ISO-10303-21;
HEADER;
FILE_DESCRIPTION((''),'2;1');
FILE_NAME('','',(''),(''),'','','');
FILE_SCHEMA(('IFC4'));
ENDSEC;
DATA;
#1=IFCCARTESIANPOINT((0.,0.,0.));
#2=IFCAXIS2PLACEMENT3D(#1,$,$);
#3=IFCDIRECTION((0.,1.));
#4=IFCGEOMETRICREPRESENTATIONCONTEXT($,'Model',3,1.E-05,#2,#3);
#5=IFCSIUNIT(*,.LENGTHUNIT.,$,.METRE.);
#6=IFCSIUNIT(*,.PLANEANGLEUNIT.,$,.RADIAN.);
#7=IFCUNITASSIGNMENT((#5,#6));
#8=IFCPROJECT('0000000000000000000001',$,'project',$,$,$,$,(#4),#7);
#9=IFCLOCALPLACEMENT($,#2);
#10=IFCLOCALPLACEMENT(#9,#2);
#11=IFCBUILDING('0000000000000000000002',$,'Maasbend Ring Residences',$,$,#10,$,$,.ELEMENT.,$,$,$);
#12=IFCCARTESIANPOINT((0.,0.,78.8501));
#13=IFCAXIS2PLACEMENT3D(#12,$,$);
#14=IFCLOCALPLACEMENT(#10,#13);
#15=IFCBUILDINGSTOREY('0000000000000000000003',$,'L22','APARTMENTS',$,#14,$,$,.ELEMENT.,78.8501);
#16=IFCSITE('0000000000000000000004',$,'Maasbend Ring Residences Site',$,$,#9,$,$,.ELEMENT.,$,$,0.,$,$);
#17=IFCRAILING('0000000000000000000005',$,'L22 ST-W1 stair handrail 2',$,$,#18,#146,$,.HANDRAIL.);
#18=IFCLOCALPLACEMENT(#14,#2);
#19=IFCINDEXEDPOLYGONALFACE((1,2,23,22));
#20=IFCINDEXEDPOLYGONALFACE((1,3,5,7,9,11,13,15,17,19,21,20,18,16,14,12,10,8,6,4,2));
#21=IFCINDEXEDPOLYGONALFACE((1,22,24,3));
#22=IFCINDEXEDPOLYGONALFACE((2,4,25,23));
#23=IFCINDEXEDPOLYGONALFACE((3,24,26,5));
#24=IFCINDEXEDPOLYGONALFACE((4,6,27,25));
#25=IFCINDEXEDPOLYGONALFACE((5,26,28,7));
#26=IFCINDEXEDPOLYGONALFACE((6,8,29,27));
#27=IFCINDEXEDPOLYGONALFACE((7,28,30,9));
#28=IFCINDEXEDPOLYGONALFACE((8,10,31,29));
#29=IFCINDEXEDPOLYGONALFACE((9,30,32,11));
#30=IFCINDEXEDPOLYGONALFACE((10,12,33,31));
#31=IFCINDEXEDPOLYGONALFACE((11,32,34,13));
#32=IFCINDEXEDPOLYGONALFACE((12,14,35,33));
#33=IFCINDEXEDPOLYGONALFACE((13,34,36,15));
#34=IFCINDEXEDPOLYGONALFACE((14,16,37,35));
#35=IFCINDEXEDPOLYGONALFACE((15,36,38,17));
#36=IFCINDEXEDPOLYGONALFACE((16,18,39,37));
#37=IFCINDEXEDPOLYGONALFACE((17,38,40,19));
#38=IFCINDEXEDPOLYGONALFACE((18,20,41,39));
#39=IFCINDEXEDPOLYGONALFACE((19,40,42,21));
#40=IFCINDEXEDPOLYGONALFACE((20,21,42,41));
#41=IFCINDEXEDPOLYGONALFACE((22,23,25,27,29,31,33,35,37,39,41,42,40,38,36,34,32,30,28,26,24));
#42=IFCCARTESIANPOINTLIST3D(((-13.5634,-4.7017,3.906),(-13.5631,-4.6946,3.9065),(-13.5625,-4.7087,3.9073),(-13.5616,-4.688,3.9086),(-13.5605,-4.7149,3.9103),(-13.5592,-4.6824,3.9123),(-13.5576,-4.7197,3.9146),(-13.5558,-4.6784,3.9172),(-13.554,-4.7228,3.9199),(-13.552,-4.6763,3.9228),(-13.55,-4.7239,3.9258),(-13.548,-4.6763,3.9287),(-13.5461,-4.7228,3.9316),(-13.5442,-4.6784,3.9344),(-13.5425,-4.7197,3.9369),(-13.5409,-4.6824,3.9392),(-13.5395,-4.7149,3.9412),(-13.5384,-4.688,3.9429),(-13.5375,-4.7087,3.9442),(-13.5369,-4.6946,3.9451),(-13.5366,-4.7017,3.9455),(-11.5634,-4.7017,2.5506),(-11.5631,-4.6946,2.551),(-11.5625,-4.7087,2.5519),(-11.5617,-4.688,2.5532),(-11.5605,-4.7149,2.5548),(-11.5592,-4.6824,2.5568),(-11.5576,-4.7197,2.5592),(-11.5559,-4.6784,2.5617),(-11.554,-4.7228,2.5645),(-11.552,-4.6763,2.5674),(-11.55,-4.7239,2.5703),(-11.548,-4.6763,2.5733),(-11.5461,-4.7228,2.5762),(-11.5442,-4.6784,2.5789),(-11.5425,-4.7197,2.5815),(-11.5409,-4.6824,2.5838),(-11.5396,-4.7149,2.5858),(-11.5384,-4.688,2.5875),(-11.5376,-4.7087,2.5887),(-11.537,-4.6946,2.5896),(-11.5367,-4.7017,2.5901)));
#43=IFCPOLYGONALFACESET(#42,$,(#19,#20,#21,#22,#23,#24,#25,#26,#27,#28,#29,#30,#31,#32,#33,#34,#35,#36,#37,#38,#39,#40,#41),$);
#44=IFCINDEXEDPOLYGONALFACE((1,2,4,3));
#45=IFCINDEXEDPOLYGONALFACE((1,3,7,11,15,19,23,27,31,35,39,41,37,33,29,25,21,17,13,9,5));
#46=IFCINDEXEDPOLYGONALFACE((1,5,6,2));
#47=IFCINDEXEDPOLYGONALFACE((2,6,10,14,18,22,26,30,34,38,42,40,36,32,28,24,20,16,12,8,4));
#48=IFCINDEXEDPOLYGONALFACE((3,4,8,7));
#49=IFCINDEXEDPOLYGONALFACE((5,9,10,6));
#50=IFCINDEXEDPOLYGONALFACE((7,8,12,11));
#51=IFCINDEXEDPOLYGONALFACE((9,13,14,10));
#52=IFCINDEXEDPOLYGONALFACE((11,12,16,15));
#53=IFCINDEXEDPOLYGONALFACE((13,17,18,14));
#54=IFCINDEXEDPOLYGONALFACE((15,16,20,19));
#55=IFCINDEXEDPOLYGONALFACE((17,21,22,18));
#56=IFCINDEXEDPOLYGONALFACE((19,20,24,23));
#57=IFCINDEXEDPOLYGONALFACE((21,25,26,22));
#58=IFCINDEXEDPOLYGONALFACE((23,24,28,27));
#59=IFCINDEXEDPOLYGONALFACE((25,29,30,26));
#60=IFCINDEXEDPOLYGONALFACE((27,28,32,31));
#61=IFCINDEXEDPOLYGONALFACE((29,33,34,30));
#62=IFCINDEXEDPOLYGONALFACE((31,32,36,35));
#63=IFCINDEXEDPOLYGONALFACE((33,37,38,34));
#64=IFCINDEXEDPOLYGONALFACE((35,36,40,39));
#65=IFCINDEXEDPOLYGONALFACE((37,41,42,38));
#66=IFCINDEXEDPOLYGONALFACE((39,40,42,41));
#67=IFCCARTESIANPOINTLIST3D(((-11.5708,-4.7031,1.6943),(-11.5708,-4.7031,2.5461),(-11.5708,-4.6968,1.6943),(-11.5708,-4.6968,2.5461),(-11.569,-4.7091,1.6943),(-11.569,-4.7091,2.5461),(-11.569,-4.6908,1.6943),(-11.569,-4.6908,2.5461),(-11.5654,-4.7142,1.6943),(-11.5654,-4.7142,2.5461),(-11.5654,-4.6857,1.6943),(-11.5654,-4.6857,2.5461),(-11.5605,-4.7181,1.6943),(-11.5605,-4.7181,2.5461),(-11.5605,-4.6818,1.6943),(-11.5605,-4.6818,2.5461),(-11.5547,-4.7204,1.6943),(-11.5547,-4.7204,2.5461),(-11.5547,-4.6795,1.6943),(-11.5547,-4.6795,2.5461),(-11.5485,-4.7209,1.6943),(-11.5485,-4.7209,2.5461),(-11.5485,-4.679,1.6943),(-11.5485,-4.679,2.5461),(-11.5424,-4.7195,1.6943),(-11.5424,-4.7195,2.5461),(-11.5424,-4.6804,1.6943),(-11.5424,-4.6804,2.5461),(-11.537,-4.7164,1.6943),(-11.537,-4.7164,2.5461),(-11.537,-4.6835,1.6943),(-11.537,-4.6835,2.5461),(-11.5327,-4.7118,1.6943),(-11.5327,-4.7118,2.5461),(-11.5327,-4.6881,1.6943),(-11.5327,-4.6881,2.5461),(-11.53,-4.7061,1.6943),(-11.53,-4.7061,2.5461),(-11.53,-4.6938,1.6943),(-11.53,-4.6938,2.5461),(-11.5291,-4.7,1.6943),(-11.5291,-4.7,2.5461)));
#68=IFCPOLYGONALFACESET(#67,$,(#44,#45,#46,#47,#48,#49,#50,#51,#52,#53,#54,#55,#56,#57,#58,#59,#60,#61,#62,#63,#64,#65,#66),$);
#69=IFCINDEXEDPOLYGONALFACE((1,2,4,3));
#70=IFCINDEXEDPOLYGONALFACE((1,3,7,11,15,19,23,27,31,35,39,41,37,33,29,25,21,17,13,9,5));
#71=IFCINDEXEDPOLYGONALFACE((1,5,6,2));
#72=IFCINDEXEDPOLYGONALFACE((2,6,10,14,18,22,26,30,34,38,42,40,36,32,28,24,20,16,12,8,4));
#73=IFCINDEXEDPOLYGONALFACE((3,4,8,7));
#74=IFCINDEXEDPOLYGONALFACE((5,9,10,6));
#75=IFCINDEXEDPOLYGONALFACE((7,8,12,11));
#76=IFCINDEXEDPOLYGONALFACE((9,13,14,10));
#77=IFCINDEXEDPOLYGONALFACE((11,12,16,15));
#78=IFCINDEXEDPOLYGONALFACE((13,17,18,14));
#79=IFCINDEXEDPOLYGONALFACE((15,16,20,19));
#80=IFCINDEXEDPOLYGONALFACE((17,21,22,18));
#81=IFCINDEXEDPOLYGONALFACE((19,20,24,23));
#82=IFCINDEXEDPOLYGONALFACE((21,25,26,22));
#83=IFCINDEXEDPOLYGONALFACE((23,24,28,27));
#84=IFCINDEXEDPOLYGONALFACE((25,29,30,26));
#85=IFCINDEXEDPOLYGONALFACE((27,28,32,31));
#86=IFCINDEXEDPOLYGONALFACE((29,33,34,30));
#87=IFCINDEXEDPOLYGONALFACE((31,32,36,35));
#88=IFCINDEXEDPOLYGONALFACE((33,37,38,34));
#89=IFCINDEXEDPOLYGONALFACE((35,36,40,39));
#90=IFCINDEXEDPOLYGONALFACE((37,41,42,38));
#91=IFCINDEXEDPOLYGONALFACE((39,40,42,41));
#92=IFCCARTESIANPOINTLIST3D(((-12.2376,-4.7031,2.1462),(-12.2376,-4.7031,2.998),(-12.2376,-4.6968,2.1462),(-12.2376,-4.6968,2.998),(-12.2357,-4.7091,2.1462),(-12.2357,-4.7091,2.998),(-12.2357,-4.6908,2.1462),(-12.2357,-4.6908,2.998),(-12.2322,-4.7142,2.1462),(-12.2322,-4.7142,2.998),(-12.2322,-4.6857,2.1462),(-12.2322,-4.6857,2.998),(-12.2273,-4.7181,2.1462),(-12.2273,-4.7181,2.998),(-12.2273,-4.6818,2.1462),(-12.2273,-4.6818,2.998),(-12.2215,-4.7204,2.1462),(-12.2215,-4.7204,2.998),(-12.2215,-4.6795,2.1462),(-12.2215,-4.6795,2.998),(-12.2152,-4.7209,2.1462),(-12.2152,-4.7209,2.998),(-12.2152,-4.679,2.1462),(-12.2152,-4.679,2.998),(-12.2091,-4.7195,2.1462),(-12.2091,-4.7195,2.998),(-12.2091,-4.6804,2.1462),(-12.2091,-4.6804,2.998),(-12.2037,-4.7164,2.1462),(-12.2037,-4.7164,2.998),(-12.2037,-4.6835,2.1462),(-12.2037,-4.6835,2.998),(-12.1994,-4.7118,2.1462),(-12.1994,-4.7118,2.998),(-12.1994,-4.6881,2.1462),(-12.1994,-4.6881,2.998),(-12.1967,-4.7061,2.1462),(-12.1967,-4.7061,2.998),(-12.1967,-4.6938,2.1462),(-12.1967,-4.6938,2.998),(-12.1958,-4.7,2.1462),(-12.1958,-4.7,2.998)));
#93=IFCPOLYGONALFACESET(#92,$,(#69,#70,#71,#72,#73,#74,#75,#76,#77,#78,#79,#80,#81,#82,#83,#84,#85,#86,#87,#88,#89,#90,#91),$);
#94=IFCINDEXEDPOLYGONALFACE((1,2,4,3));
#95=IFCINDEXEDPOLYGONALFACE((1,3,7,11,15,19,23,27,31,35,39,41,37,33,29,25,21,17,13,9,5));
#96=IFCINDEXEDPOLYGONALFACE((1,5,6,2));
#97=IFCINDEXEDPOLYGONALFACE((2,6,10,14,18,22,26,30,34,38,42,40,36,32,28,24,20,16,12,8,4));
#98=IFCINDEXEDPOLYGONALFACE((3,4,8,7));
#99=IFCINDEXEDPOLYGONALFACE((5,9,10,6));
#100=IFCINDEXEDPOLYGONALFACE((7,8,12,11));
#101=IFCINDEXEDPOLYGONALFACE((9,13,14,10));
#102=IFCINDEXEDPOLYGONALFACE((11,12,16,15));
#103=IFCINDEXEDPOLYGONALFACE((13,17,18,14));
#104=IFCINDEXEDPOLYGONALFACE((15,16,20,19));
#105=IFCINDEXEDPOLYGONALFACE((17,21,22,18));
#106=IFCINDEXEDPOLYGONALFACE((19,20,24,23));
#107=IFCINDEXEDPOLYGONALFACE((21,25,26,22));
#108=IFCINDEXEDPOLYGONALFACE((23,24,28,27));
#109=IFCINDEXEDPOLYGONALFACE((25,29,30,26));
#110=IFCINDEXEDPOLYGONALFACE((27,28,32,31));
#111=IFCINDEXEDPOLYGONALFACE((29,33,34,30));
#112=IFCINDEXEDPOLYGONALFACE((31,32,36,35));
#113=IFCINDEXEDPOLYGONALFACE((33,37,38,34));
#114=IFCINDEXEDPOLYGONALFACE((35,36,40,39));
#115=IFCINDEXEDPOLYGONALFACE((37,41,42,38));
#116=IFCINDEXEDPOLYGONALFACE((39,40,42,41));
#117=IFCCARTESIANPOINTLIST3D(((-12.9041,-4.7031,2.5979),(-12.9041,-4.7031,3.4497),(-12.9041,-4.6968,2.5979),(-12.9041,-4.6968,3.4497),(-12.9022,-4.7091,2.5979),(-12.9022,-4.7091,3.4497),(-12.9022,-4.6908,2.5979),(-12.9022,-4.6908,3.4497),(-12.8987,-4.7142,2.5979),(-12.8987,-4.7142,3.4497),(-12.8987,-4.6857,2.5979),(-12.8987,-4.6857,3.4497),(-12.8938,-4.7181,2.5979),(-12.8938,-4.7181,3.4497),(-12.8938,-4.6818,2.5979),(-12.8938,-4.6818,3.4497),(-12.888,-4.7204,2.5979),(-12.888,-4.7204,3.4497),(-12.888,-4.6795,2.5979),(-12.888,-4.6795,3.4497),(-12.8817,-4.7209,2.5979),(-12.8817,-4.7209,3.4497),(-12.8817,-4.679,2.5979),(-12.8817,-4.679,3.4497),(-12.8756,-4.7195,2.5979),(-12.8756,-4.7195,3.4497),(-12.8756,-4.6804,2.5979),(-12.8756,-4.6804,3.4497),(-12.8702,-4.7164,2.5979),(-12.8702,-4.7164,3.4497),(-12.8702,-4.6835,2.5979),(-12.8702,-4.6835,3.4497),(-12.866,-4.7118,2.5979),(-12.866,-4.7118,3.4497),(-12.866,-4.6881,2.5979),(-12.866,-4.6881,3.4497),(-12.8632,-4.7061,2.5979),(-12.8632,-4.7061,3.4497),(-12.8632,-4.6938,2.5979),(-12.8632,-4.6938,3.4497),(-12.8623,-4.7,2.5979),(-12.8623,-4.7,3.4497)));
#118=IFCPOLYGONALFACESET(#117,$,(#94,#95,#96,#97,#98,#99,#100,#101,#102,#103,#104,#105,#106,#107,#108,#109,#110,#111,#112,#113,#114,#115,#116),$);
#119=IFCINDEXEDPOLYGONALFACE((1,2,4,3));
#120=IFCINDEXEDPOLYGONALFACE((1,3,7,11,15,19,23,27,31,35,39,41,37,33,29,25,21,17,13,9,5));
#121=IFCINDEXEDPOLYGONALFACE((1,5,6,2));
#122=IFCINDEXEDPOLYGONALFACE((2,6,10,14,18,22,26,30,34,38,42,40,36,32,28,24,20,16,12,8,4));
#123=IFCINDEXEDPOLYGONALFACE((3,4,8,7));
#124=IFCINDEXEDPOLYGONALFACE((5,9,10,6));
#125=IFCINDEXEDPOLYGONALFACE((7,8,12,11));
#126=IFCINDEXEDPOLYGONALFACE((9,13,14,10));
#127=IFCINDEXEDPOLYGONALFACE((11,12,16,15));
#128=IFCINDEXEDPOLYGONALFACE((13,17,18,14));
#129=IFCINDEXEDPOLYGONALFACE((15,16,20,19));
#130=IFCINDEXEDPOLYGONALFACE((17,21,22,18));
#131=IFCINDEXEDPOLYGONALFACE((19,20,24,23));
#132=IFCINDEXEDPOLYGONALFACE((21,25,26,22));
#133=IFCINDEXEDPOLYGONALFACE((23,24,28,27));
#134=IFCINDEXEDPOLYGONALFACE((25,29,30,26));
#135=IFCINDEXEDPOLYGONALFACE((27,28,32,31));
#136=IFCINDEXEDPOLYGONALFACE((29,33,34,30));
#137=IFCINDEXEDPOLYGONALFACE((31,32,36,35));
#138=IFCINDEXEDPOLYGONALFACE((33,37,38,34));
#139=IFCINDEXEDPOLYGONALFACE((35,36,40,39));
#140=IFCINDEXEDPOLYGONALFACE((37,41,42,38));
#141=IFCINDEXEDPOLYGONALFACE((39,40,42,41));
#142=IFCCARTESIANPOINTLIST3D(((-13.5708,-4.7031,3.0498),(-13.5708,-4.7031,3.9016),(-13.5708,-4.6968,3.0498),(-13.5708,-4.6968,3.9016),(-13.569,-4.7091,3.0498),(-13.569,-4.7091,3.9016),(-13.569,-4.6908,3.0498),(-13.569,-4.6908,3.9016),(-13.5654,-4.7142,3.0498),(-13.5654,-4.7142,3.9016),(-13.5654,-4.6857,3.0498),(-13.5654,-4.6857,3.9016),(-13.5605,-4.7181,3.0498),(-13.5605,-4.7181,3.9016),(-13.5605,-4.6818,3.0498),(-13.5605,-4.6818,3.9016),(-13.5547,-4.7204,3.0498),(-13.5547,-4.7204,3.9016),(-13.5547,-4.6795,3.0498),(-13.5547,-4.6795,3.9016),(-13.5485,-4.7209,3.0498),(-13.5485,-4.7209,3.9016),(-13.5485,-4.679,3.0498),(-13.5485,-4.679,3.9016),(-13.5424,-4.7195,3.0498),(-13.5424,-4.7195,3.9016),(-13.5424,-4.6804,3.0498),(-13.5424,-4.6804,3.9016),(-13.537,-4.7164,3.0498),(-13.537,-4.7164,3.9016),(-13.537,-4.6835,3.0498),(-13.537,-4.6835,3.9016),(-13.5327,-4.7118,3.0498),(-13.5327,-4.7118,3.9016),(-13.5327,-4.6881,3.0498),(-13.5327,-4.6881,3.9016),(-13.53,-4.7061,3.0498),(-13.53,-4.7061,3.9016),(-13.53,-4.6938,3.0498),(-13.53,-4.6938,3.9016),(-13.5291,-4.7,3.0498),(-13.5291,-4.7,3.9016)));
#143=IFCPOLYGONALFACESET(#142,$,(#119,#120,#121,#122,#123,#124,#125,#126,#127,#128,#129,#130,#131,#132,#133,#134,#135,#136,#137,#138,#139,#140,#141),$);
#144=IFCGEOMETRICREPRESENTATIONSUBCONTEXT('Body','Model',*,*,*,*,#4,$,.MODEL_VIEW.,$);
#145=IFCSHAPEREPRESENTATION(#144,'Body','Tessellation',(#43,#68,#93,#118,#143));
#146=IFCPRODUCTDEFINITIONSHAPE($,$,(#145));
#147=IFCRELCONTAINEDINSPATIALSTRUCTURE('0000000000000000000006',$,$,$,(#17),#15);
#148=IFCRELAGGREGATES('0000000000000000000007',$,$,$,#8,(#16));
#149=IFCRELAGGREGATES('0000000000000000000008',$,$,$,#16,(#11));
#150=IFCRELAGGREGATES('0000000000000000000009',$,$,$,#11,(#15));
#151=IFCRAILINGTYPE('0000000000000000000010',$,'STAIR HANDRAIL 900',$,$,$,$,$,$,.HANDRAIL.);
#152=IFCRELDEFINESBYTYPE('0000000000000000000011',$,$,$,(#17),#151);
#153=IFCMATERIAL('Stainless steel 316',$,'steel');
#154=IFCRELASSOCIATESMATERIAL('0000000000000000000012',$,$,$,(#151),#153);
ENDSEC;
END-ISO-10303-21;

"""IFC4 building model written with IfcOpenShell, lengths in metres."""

from ifc_helpers import new_model, si_unit, direction, frame, origin, origin_2d, place, context, subcontext, project, spatial, circle, extrude, material, type_object, element, save


model = new_model("IFC4")

# Units and contexts
model_context = context("Model", 3, precision=1e-05, world=origin(), true_north=direction((0.0, 1.0)))
body_context = subcontext(model_context, "Body", "Model", "MODEL_VIEW")
ifc_project = project(units=[si_unit("LENGTHUNIT", "METRE"), si_unit("PLANEANGLEUNIT", "RADIAN")], contexts=[model_context])

# Site, building, storey
site_placement = place(None, origin())
site = spatial("IfcSite", under=ifc_project, at=site_placement, Name="Maasbend Ring Residences Site", CompositionType="ELEMENT", RefElevation=0.0)
building_placement = place(site_placement, origin())
building = spatial("IfcBuilding", under=site, at=building_placement, Name="Maasbend Ring Residences", CompositionType="ELEMENT")
storey_placement = place(building_placement, frame((0.0, 0.0, 78.8501)))
storey = spatial("IfcBuildingStorey", under=building, at=storey_placement, Name="L22", Description="APARTMENTS", CompositionType="ELEMENT", Elevation=78.8501)

# Railing
ifc_material_1 = material(Name="Stainless steel 316", Category="steel")
railing_type_1 = type_object("IfcRailingType", Name="STAIR HANDRAIL 900", PredefinedType="HANDRAIL", material=ifc_material_1)
railing_1_placement = place(storey_placement, frame((-11.55, -4.7, 1.6943)))
element("IfcRailing", 1, at=railing_1_placement, inside=storey, type_object=railing_type_1, Name="L22 ST-W1 stair handrail 2", PredefinedType="HANDRAIL", context=body_context, shape_type="SweptSolid", body=[
    extrude(circle(Radius=0.0239, at=origin_2d()), frame((0.0, 0.0, 0.876), z_axis=(-0.827798, 0.0, 0.561027), x_axis=(0.0, -1.0, 0.0)), (0.0, 0.0, 1.0), 2.416),
    extrude(circle(Radius=0.021, at=origin_2d()), origin(), (0.0, 0.0, 1.0), 0.8518),
    extrude(circle(Radius=0.021, at=origin_2d()), frame((-0.6667, 0.0, 0.4519)), (0.0, 0.0, 1.0), 0.8518),
    extrude(circle(Radius=0.021, at=origin_2d()), frame((-1.3333, 0.0, 0.9036)), (0.0, 0.0, 1.0), 0.8518),
    extrude(circle(Radius=0.021, at=origin_2d()), frame((-2.0, 0.0, 1.3555)), (0.0, 0.0, 1.0), 0.8518),
])

save(model, "model.ifc")
